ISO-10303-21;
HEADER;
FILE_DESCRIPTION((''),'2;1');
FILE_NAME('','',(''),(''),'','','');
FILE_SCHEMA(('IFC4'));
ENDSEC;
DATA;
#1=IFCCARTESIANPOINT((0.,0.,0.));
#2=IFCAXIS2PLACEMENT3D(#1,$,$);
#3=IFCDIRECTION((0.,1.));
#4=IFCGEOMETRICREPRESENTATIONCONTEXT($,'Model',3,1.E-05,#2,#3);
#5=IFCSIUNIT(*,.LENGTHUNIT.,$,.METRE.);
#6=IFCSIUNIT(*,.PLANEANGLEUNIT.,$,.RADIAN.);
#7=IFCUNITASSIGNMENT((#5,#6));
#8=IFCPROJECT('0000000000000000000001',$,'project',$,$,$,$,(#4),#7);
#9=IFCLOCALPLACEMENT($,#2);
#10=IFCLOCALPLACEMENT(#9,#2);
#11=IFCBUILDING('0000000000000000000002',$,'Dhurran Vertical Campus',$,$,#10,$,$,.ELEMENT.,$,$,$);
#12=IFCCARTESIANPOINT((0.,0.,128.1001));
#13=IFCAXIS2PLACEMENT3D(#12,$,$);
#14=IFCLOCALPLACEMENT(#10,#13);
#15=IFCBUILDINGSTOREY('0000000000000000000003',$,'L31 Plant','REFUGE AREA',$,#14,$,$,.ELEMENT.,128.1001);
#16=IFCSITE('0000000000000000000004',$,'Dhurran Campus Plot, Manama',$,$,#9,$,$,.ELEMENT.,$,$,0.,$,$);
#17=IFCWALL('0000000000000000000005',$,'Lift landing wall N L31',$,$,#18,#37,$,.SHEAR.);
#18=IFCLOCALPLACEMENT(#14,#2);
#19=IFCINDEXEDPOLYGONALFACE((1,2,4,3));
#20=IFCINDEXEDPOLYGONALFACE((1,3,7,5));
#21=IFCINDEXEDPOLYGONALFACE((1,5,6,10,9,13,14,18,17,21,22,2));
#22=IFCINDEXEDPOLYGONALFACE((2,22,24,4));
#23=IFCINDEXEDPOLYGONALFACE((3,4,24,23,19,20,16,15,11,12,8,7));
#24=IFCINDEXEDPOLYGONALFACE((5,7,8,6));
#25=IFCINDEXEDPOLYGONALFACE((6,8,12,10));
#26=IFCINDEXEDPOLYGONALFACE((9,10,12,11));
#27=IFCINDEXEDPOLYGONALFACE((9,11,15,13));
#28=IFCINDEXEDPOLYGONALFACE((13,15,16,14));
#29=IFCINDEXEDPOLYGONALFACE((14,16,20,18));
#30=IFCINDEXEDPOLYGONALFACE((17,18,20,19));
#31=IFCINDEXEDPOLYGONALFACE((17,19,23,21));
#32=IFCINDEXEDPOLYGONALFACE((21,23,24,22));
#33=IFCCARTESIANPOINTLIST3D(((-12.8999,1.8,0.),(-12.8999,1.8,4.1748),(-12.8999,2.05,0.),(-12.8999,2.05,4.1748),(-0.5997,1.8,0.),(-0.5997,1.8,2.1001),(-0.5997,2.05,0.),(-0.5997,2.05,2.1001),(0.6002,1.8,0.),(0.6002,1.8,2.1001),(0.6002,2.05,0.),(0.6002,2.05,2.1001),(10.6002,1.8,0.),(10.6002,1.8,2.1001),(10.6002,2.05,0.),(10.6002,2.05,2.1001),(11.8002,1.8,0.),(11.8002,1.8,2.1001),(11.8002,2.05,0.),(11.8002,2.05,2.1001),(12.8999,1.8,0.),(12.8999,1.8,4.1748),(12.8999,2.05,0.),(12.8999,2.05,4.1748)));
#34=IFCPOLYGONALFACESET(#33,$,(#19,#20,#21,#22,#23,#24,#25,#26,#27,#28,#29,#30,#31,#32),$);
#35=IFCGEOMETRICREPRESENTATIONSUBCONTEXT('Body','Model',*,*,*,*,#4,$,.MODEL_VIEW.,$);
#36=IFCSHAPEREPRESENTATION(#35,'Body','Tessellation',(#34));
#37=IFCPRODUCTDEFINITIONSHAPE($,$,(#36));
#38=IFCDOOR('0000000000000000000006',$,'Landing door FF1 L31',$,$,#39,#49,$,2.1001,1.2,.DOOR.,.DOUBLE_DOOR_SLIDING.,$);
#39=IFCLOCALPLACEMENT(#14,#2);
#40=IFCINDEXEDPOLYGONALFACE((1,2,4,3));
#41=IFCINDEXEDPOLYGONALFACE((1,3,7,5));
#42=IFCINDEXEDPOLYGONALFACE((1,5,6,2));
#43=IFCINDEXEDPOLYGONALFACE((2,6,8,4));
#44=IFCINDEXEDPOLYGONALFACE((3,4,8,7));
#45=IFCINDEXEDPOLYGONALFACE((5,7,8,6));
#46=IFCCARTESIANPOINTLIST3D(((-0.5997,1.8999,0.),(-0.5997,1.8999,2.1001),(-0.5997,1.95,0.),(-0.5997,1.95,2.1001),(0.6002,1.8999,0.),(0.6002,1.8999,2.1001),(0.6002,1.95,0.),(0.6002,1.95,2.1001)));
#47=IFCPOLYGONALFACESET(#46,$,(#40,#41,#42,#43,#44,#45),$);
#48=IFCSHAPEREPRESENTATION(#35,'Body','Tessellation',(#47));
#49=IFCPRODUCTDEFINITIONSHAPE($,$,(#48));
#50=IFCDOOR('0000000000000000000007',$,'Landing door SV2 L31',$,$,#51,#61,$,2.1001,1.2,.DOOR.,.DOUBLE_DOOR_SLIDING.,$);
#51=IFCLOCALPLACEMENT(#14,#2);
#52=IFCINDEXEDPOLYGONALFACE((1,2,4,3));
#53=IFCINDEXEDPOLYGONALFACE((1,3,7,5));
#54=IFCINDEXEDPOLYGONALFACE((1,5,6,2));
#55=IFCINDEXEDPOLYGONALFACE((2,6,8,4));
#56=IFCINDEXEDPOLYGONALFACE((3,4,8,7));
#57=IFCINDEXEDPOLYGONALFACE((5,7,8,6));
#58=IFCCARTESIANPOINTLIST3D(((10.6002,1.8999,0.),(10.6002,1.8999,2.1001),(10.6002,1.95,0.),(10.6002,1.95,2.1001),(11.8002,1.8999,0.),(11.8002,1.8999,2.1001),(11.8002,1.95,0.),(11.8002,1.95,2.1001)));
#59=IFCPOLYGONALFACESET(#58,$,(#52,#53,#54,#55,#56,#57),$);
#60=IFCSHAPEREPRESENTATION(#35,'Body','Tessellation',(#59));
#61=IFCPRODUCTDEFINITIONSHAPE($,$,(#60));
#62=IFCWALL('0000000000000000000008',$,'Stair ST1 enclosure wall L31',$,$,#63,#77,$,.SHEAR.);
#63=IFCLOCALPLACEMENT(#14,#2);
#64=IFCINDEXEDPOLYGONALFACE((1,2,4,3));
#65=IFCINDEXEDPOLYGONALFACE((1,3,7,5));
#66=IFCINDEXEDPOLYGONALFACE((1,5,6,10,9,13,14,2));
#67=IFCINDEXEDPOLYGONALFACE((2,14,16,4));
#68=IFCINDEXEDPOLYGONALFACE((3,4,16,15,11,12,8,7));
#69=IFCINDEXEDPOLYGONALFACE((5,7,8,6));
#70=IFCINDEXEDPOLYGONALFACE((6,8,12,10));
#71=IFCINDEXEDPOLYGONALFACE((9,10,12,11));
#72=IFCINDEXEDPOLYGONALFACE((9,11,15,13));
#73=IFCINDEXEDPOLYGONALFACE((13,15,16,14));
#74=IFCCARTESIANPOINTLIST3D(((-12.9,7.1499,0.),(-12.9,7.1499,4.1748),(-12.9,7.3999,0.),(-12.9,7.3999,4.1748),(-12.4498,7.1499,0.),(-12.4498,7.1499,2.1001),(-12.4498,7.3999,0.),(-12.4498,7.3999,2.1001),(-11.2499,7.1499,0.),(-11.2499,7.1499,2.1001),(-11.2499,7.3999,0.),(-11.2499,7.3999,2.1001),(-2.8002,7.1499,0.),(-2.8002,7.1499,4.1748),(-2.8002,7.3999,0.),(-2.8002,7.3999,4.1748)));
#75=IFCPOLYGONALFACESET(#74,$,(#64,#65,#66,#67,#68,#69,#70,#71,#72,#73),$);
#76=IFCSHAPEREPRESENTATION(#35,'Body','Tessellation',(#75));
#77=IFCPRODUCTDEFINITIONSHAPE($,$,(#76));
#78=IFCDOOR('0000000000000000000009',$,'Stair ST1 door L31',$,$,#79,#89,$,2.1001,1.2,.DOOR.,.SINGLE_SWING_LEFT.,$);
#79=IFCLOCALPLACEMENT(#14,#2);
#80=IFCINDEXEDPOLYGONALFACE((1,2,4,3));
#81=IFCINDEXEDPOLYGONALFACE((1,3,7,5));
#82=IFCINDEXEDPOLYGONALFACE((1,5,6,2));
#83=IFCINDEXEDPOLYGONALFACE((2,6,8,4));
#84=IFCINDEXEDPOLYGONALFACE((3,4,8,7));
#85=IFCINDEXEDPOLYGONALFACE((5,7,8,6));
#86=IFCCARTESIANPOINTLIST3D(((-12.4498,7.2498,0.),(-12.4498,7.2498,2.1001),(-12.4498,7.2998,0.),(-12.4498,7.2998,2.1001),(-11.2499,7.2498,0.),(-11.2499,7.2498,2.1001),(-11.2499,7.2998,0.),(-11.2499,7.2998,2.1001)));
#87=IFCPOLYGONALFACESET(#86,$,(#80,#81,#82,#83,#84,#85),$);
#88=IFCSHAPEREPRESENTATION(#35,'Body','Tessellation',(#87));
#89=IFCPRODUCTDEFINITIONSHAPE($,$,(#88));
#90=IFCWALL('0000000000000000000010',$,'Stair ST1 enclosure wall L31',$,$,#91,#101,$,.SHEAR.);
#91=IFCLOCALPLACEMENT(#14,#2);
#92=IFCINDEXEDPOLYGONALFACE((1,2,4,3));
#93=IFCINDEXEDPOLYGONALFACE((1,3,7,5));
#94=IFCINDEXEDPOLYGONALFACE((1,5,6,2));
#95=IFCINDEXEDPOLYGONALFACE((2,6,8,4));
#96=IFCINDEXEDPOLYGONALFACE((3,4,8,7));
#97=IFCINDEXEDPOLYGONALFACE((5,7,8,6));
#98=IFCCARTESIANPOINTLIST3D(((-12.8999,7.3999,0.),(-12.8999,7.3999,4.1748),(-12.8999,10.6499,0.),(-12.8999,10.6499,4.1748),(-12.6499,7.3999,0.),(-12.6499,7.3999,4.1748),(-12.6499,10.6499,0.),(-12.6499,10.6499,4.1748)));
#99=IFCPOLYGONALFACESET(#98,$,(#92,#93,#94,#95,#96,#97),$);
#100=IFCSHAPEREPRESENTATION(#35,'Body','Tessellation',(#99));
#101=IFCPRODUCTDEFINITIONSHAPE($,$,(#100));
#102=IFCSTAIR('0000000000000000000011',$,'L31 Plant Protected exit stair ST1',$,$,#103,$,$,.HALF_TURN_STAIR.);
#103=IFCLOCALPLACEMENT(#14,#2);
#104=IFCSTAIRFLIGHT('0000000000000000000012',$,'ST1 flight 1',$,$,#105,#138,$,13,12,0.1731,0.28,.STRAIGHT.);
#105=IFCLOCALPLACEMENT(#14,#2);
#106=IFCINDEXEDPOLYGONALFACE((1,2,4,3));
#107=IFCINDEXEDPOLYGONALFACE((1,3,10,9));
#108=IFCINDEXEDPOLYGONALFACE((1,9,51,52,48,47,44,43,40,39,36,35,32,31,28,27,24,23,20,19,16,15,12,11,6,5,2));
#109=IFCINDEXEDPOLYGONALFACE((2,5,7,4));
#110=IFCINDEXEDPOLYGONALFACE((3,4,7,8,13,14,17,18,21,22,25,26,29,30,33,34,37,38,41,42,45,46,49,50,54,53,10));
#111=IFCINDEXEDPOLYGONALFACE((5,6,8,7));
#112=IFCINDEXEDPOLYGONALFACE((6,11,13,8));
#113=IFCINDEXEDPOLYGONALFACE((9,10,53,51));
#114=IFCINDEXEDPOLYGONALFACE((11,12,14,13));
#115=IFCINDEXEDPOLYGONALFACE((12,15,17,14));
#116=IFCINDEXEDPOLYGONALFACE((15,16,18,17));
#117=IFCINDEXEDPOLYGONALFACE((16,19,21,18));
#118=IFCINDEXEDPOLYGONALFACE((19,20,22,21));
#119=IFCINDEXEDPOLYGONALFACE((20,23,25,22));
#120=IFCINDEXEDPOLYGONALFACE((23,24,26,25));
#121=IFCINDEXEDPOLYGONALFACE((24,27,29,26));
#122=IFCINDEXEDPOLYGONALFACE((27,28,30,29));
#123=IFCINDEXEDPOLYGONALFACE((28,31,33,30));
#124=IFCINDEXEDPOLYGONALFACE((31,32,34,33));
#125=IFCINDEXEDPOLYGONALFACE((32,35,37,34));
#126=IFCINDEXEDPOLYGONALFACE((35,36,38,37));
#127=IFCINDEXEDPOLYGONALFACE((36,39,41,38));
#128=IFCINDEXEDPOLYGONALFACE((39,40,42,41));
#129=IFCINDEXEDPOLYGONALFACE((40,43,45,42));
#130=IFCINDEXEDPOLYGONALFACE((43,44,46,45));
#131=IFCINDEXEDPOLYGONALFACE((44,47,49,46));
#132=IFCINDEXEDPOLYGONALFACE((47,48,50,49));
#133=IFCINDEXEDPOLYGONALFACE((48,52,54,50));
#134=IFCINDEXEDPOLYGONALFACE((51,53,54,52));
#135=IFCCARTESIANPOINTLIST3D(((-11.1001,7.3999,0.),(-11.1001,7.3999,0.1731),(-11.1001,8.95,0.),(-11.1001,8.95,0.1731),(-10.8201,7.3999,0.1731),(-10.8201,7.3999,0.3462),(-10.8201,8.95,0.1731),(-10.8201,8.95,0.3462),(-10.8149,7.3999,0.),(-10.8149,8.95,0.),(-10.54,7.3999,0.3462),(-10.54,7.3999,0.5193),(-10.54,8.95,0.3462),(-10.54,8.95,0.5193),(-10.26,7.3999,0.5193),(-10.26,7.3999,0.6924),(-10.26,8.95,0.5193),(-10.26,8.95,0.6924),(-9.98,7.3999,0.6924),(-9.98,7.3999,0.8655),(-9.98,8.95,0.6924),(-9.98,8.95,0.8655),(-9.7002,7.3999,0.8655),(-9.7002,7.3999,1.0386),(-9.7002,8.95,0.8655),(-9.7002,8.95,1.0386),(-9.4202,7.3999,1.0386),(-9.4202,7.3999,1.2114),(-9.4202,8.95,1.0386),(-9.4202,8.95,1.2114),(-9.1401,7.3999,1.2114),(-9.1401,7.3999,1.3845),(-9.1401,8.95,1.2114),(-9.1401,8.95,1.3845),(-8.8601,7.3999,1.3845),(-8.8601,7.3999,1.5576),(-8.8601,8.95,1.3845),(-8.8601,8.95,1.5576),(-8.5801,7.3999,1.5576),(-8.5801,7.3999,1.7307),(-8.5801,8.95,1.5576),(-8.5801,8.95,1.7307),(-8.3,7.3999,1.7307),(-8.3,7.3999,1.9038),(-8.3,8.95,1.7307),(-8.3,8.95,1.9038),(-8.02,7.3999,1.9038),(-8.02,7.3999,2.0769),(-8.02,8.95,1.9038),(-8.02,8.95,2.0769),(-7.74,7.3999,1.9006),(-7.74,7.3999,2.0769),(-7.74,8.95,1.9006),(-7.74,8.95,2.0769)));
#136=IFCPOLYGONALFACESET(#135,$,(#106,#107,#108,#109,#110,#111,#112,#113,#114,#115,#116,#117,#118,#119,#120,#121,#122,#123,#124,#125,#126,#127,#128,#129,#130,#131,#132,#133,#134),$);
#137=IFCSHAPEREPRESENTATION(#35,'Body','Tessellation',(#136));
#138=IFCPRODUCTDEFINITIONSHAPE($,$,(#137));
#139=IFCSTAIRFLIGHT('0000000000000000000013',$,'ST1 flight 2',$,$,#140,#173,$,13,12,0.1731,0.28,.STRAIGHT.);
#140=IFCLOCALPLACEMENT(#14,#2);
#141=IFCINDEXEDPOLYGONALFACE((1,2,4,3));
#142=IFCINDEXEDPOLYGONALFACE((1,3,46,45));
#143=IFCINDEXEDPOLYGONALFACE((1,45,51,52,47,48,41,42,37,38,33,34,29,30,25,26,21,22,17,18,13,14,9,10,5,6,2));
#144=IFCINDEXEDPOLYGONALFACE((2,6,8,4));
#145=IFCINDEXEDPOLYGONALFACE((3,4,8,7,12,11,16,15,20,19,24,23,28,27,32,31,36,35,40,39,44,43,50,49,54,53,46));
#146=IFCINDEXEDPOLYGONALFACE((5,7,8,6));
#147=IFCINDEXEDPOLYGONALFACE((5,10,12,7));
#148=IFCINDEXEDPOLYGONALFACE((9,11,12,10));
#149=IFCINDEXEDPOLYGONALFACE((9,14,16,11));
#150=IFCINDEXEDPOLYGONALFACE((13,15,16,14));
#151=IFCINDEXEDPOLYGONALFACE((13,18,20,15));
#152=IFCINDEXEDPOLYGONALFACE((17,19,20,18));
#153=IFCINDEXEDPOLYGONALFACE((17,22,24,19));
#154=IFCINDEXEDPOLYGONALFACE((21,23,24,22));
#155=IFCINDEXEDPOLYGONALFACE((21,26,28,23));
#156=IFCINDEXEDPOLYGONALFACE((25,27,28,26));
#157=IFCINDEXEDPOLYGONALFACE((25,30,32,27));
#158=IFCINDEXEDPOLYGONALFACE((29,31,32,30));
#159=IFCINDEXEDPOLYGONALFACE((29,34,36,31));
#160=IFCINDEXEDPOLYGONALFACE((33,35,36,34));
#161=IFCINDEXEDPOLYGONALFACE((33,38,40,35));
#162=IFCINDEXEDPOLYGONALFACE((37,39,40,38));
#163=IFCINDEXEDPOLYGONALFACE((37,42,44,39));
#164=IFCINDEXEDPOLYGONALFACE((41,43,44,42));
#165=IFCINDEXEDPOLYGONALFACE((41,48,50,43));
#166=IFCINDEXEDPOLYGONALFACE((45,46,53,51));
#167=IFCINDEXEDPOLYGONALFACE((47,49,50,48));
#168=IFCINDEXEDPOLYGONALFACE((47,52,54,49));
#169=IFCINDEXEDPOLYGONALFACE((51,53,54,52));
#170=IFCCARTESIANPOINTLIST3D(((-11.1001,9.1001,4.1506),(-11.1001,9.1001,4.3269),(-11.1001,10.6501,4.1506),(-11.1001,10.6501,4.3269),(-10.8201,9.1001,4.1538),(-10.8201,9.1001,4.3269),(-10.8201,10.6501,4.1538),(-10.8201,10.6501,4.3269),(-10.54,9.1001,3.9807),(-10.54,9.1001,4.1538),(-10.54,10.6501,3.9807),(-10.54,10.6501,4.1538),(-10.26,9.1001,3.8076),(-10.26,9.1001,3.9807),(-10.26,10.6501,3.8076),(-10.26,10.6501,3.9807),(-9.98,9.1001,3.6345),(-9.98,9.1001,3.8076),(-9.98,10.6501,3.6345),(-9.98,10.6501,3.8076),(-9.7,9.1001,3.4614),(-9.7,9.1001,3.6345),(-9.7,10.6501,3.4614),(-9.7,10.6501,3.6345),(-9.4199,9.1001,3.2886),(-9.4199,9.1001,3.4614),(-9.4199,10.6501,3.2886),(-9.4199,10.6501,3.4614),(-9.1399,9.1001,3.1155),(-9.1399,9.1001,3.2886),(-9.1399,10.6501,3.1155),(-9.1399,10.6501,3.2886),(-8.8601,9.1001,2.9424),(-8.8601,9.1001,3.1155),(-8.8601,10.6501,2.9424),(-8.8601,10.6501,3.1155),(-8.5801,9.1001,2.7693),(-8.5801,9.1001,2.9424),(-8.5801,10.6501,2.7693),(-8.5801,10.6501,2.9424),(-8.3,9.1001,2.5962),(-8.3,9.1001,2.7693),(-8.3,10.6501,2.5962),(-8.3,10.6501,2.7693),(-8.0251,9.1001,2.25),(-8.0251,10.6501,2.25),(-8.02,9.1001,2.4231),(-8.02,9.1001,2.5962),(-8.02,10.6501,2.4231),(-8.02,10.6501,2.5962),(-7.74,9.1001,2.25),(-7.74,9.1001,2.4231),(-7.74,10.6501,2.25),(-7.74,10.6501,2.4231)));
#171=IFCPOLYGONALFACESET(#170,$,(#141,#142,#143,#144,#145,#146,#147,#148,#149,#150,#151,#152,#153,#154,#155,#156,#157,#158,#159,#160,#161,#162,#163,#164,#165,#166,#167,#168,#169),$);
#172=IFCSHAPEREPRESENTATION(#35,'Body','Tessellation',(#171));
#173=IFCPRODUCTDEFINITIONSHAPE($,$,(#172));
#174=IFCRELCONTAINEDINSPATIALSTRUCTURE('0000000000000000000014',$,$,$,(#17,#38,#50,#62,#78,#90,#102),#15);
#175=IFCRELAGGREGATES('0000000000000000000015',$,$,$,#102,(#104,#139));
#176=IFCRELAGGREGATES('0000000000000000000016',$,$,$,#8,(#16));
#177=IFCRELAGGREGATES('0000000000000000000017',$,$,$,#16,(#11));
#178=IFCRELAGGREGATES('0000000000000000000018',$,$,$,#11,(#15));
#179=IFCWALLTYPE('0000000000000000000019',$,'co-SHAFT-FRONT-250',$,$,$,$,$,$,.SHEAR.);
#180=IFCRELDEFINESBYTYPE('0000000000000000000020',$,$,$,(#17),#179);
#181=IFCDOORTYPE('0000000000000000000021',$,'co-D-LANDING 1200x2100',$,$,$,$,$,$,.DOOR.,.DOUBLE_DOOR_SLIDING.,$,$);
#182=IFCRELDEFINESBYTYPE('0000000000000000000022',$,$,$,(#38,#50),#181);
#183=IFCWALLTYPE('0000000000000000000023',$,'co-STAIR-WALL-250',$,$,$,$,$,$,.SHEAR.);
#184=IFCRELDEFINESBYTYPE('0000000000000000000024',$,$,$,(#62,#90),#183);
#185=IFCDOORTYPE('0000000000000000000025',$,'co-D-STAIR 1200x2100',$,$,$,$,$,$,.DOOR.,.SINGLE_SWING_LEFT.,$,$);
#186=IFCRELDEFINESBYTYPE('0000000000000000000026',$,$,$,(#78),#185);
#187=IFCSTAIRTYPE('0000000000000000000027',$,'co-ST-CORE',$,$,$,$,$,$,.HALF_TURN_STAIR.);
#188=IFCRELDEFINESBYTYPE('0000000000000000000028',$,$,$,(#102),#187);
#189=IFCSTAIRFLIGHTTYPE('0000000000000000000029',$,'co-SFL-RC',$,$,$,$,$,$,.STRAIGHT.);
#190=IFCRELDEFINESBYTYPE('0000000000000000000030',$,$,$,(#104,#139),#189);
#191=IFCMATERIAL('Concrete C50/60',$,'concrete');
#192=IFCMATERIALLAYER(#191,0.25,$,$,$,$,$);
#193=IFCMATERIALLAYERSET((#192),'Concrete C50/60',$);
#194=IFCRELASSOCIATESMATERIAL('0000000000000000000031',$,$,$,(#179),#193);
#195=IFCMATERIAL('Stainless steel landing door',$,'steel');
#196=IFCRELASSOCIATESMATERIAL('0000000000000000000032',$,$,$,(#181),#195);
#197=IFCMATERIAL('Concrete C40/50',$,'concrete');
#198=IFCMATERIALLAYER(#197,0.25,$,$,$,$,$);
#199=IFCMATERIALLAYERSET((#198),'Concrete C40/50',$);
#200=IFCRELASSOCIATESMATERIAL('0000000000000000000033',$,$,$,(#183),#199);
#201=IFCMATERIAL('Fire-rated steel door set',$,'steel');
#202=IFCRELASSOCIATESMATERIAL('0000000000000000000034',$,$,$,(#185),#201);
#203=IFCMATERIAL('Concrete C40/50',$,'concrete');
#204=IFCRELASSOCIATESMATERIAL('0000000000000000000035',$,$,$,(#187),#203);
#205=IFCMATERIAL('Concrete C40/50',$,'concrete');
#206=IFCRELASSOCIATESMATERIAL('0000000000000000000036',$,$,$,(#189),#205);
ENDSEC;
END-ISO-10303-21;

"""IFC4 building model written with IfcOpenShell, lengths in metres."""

from ifc_helpers import new_model, si_unit, direction, frame, frame_2d, origin, place, context, subcontext, project, spatial, polyline, rectangle, outline, extrude, material, layer, layer_set, type_object, element, fill, aggregate, save


model = new_model("IFC4")

# Units and contexts
model_context = context("Model", 3, precision=1e-05, world=origin(), true_north=direction((0.0, 1.0)))
body_context = subcontext(model_context, "Body", "Model", "MODEL_VIEW")
ifc_project = project(units=[si_unit("LENGTHUNIT", "METRE"), si_unit("PLANEANGLEUNIT", "RADIAN")], contexts=[model_context])

# Site, building, storey
site_placement = place(None, origin())
site = spatial("IfcSite", under=ifc_project, at=site_placement, Name="Dhurran Campus Plot, Manama", CompositionType="ELEMENT", RefElevation=0.0)
building_placement = place(site_placement, origin())
building = spatial("IfcBuilding", under=site, at=building_placement, Name="Dhurran Vertical Campus", CompositionType="ELEMENT")
storey_placement = place(building_placement, frame((0.0, 0.0, 128.1001)))
storey = spatial("IfcBuildingStorey", under=building, at=storey_placement, Name="L31 Plant", Description="REFUGE AREA", CompositionType="ELEMENT", Elevation=128.1001)

# Wall, openings, doors
ifc_material_1 = material(Name="Concrete C50/60", Category="concrete")
ifc_layer_1 = layer(ifc_material_1, 0.25)
ifc_layer_set_1 = layer_set([ifc_layer_1], Name="Concrete C50/60")
wall_type_1 = type_object("IfcWallType", Name="co-SHAFT-FRONT-250", PredefinedType="SHEAR", material=ifc_layer_set_1)
wall_1_placement = place(storey_placement, frame((-12.8999, 1.925, 0.0), z_axis=(0.0, 0.0, 1.0), x_axis=(1.0, 0.0, 0.0)))
wall_1 = element("IfcWall", 1, at=wall_1_placement, inside=storey, type_object=wall_type_1, Name="Lift landing wall N L31", PredefinedType="SHEAR", context=body_context, shape_type="SweptSolid", body=[
    extrude(rectangle(XDim=25.7998, YDim=0.25, at=frame_2d((12.8999, 0.0))), origin(), (0.0, 0.0, 1.0), 4.1748),
])
opening_1_placement = place(wall_1_placement, frame((12.3, 0.0, 0.0)))
opening_1 = element("IfcOpeningElement", 2, at=opening_1_placement, cuts=wall_1, PredefinedType="OPENING", context=body_context, shape_type="SweptSolid", body=[
    extrude(rectangle(XDim=1.2, YDim=2.1001, at=frame_2d((0.6001, 1.05))), frame((0.0, 0.135, 0.0), z_axis=(0.0, -1.0, 0.0), x_axis=(1.0, 0.0, 0.0)), (0.0, 0.0, 1.0), 0.27),
])
opening_2_placement = place(wall_1_placement, frame((23.5, 0.0, 0.0)))
opening_2 = element("IfcOpeningElement", 3, at=opening_2_placement, cuts=wall_1, PredefinedType="OPENING", context=body_context, shape_type="SweptSolid", body=[
    extrude(rectangle(XDim=1.2, YDim=2.1001, at=frame_2d((0.6001, 1.05))), frame((0.0, 0.135, 0.0), z_axis=(0.0, -1.0, 0.0), x_axis=(1.0, 0.0, 0.0)), (0.0, 0.0, 1.0), 0.27),
])
ifc_material_2 = material(Name="Stainless steel landing door", Category="steel")
door_type_1 = type_object("IfcDoorType", Name="co-D-LANDING 1200x2100", OperationType="DOUBLE_DOOR_SLIDING", PredefinedType="DOOR", material=ifc_material_2)
door_1_placement = place(opening_1_placement, origin())
door_1 = element("IfcDoor", 4, at=door_1_placement, inside=storey, type_object=door_type_1, Name="Landing door FF1 L31", OperationType="DOUBLE_DOOR_SLIDING", OverallHeight=2.1001, OverallWidth=1.2, PredefinedType="DOOR", context=body_context, shape_type="SweptSolid", body=[
    extrude(rectangle(XDim=1.2, YDim=2.1001, at=frame_2d((0.6001, 1.05))), frame((0.0, 0.0249, 0.0), z_axis=(0.0, -1.0, 0.0), x_axis=(1.0, 0.0, 0.0)), (0.0, 0.0, 1.0), 0.05),
])
fill(opening_1, door_1)
door_2_placement = place(opening_2_placement, origin())
door_2 = element("IfcDoor", 5, at=door_2_placement, inside=storey, type_object=door_type_1, Name="Landing door SV2 L31", OperationType="DOUBLE_DOOR_SLIDING", OverallHeight=2.1001, OverallWidth=1.2, PredefinedType="DOOR", context=body_context, shape_type="SweptSolid", body=[
    extrude(rectangle(XDim=1.2, YDim=2.1001, at=frame_2d((0.6001, 1.05))), frame((0.0, 0.0249, 0.0), z_axis=(0.0, -1.0, 0.0), x_axis=(1.0, 0.0, 0.0)), (0.0, 0.0, 1.0), 0.05),
])
fill(opening_2, door_2)

# Wall, opening, door
ifc_material_3 = material(Name="Concrete C40/50", Category="concrete")
ifc_layer_2 = layer(ifc_material_3, 0.25)
ifc_layer_set_2 = layer_set([ifc_layer_2], Name="Concrete C40/50")
wall_type_2 = type_object("IfcWallType", Name="co-STAIR-WALL-250", PredefinedType="SHEAR", material=ifc_layer_set_2)
wall_2_placement = place(storey_placement, frame((-12.8999, 7.2749, 0.0), z_axis=(0.0, 0.0, 1.0), x_axis=(1.0, 0.0, 0.0)))
wall_2 = element("IfcWall", 6, at=wall_2_placement, inside=storey, type_object=wall_type_2, Name="Stair ST1 enclosure wall L31", PredefinedType="SHEAR", context=body_context, shape_type="SweptSolid", body=[
    extrude(rectangle(XDim=10.0999, YDim=0.25, at=frame_2d((5.0498, 0.0))), origin(), (0.0, 0.0, 1.0), 4.1748),
])
opening_3_placement = place(wall_2_placement, frame((0.45, 0.0, 0.0)))
opening_3 = element("IfcOpeningElement", 7, at=opening_3_placement, cuts=wall_2, PredefinedType="OPENING", context=body_context, shape_type="SweptSolid", body=[
    extrude(rectangle(XDim=1.2, YDim=2.1001, at=frame_2d((0.6001, 1.05))), frame((0.0, 0.135, 0.0), z_axis=(0.0, -1.0, 0.0), x_axis=(1.0, 0.0, 0.0)), (0.0, 0.0, 1.0), 0.27),
])
ifc_material_4 = material(Name="Fire-rated steel door set", Category="steel")
door_type_2 = type_object("IfcDoorType", Name="co-D-STAIR 1200x2100", OperationType="SINGLE_SWING_LEFT", PredefinedType="DOOR", material=ifc_material_4)
door_3_placement = place(opening_3_placement, origin())
door_3 = element("IfcDoor", 8, at=door_3_placement, inside=storey, type_object=door_type_2, Name="Stair ST1 door L31", OperationType="SINGLE_SWING_LEFT", OverallHeight=2.1001, OverallWidth=1.2, PredefinedType="DOOR", context=body_context, shape_type="SweptSolid", body=[
    extrude(rectangle(XDim=1.2, YDim=2.1001, at=frame_2d((0.6001, 1.05))), frame((0.0, 0.0249, 0.0), z_axis=(0.0, -1.0, 0.0), x_axis=(1.0, 0.0, 0.0)), (0.0, 0.0, 1.0), 0.05),
])
fill(opening_3, door_3)

# Wall
wall_3_placement = place(storey_placement, frame((-12.7749, 7.3999, 0.0), z_axis=(0.0, 0.0, 1.0), x_axis=(0.0, 1.0, 0.0)))
element("IfcWall", 9, at=wall_3_placement, inside=storey, type_object=wall_type_2, Name="Stair ST1 enclosure wall L31", PredefinedType="SHEAR", context=body_context, shape_type="SweptSolid", body=[
    extrude(rectangle(XDim=3.25, YDim=0.25, at=frame_2d((1.625, 0.0))), origin(), (0.0, 0.0, 1.0), 4.1748),
])

# Stair, stair flights
ifc_material_5 = material(Name="Concrete C40/50", Category="concrete")
stair_type = type_object("IfcStairType", Name="co-ST-CORE", PredefinedType="HALF_TURN_STAIR", material=ifc_material_5)
stair_placement = place(storey_placement, origin())
stair = element("IfcStair", 10, at=stair_placement, inside=storey, type_object=stair_type, Name="L31 Plant Protected exit stair ST1", PredefinedType="HALF_TURN_STAIR")
ifc_material_6 = material(Name="Concrete C40/50", Category="concrete")
stair_flight_type = type_object("IfcStairFlightType", Name="co-SFL-RC", PredefinedType="STRAIGHT", material=ifc_material_6)
stair_flight_1_placement = place(storey_placement, frame((-11.1001, 8.175, 0.0), z_axis=(0.0, 0.0, 1.0), x_axis=(1.0, 0.0, 0.0)))
stair_flight_1 = element("IfcStairFlight", 11, at=stair_flight_1_placement, type_object=stair_flight_type, Name="ST1 flight 1", NumberOfRisers=13, NumberOfTreads=12, PredefinedType="STRAIGHT", RiserHeight=0.1731, TreadLength=0.28, context=body_context, shape_type="SweptSolid", body=[
    extrude(outline(polyline([(0.0, 0.0), (0.0, 0.1731), (0.28, 0.1731), (0.28, 0.3462), (0.5601, 0.3462), (0.5601, 0.5193), (0.8401, 0.5193), (0.8401, 0.6924), (1.1201, 0.6924), (1.1201, 0.8655), (1.3999, 0.8655), (1.3999, 1.0386), (1.6799, 1.0386), (1.6799, 1.2114), (1.96, 1.2114), (1.96, 1.3845), (2.24, 1.3845), (2.24, 1.5576), (2.52, 1.5576), (2.52, 1.7307), (2.8, 1.7307), (2.8, 1.9038), (3.0801, 1.9038), (3.0801, 2.0769), (3.3601, 2.0769), (3.3601, 2.25), (3.3601, 1.9006), (0.2852, 0.0), (0.0, 0.0)])), frame((0.0, 0.7749, 0.0), z_axis=(0.0, -1.0, 0.0), x_axis=(1.0, 0.0, 0.0)), (0.0, 0.0, 1.0), 1.55),
])
stair_flight_2_placement = place(storey_placement, frame((-7.74, 9.875, 2.25), z_axis=(0.0, 0.0, 1.0), x_axis=(-1.0, 0.0, 0.0)))
stair_flight_2 = element("IfcStairFlight", 12, at=stair_flight_2_placement, type_object=stair_flight_type, Name="ST1 flight 2", NumberOfRisers=13, NumberOfTreads=12, PredefinedType="STRAIGHT", RiserHeight=0.1731, TreadLength=0.28, context=body_context, shape_type="SweptSolid", body=[
    extrude(outline(polyline([(0.0, 0.0), (0.0, 0.1731), (0.28, 0.1731), (0.28, 0.3462), (0.5601, 0.3462), (0.5601, 0.5193), (0.8401, 0.5193), (0.8401, 0.6924), (1.1201, 0.6924), (1.1201, 0.8655), (1.3999, 0.8655), (1.3999, 1.0386), (1.6799, 1.0386), (1.6799, 1.2114), (1.96, 1.2114), (1.96, 1.3845), (2.24, 1.3845), (2.24, 1.5576), (2.52, 1.5576), (2.52, 1.7307), (2.8, 1.7307), (2.8, 1.9038), (3.0801, 1.9038), (3.0801, 2.0769), (3.3601, 2.0769), (3.3601, 2.25), (3.3601, 1.9006), (0.2852, 0.0), (0.0, 0.0)])), frame((0.0, 0.7749, 0.0), z_axis=(0.0, -1.0, 0.0), x_axis=(1.0, 0.0, 0.0)), (0.0, 0.0, 1.0), 1.55),
])
aggregate(stair, [stair_flight_1, stair_flight_2])

save(model, "model.ifc")
